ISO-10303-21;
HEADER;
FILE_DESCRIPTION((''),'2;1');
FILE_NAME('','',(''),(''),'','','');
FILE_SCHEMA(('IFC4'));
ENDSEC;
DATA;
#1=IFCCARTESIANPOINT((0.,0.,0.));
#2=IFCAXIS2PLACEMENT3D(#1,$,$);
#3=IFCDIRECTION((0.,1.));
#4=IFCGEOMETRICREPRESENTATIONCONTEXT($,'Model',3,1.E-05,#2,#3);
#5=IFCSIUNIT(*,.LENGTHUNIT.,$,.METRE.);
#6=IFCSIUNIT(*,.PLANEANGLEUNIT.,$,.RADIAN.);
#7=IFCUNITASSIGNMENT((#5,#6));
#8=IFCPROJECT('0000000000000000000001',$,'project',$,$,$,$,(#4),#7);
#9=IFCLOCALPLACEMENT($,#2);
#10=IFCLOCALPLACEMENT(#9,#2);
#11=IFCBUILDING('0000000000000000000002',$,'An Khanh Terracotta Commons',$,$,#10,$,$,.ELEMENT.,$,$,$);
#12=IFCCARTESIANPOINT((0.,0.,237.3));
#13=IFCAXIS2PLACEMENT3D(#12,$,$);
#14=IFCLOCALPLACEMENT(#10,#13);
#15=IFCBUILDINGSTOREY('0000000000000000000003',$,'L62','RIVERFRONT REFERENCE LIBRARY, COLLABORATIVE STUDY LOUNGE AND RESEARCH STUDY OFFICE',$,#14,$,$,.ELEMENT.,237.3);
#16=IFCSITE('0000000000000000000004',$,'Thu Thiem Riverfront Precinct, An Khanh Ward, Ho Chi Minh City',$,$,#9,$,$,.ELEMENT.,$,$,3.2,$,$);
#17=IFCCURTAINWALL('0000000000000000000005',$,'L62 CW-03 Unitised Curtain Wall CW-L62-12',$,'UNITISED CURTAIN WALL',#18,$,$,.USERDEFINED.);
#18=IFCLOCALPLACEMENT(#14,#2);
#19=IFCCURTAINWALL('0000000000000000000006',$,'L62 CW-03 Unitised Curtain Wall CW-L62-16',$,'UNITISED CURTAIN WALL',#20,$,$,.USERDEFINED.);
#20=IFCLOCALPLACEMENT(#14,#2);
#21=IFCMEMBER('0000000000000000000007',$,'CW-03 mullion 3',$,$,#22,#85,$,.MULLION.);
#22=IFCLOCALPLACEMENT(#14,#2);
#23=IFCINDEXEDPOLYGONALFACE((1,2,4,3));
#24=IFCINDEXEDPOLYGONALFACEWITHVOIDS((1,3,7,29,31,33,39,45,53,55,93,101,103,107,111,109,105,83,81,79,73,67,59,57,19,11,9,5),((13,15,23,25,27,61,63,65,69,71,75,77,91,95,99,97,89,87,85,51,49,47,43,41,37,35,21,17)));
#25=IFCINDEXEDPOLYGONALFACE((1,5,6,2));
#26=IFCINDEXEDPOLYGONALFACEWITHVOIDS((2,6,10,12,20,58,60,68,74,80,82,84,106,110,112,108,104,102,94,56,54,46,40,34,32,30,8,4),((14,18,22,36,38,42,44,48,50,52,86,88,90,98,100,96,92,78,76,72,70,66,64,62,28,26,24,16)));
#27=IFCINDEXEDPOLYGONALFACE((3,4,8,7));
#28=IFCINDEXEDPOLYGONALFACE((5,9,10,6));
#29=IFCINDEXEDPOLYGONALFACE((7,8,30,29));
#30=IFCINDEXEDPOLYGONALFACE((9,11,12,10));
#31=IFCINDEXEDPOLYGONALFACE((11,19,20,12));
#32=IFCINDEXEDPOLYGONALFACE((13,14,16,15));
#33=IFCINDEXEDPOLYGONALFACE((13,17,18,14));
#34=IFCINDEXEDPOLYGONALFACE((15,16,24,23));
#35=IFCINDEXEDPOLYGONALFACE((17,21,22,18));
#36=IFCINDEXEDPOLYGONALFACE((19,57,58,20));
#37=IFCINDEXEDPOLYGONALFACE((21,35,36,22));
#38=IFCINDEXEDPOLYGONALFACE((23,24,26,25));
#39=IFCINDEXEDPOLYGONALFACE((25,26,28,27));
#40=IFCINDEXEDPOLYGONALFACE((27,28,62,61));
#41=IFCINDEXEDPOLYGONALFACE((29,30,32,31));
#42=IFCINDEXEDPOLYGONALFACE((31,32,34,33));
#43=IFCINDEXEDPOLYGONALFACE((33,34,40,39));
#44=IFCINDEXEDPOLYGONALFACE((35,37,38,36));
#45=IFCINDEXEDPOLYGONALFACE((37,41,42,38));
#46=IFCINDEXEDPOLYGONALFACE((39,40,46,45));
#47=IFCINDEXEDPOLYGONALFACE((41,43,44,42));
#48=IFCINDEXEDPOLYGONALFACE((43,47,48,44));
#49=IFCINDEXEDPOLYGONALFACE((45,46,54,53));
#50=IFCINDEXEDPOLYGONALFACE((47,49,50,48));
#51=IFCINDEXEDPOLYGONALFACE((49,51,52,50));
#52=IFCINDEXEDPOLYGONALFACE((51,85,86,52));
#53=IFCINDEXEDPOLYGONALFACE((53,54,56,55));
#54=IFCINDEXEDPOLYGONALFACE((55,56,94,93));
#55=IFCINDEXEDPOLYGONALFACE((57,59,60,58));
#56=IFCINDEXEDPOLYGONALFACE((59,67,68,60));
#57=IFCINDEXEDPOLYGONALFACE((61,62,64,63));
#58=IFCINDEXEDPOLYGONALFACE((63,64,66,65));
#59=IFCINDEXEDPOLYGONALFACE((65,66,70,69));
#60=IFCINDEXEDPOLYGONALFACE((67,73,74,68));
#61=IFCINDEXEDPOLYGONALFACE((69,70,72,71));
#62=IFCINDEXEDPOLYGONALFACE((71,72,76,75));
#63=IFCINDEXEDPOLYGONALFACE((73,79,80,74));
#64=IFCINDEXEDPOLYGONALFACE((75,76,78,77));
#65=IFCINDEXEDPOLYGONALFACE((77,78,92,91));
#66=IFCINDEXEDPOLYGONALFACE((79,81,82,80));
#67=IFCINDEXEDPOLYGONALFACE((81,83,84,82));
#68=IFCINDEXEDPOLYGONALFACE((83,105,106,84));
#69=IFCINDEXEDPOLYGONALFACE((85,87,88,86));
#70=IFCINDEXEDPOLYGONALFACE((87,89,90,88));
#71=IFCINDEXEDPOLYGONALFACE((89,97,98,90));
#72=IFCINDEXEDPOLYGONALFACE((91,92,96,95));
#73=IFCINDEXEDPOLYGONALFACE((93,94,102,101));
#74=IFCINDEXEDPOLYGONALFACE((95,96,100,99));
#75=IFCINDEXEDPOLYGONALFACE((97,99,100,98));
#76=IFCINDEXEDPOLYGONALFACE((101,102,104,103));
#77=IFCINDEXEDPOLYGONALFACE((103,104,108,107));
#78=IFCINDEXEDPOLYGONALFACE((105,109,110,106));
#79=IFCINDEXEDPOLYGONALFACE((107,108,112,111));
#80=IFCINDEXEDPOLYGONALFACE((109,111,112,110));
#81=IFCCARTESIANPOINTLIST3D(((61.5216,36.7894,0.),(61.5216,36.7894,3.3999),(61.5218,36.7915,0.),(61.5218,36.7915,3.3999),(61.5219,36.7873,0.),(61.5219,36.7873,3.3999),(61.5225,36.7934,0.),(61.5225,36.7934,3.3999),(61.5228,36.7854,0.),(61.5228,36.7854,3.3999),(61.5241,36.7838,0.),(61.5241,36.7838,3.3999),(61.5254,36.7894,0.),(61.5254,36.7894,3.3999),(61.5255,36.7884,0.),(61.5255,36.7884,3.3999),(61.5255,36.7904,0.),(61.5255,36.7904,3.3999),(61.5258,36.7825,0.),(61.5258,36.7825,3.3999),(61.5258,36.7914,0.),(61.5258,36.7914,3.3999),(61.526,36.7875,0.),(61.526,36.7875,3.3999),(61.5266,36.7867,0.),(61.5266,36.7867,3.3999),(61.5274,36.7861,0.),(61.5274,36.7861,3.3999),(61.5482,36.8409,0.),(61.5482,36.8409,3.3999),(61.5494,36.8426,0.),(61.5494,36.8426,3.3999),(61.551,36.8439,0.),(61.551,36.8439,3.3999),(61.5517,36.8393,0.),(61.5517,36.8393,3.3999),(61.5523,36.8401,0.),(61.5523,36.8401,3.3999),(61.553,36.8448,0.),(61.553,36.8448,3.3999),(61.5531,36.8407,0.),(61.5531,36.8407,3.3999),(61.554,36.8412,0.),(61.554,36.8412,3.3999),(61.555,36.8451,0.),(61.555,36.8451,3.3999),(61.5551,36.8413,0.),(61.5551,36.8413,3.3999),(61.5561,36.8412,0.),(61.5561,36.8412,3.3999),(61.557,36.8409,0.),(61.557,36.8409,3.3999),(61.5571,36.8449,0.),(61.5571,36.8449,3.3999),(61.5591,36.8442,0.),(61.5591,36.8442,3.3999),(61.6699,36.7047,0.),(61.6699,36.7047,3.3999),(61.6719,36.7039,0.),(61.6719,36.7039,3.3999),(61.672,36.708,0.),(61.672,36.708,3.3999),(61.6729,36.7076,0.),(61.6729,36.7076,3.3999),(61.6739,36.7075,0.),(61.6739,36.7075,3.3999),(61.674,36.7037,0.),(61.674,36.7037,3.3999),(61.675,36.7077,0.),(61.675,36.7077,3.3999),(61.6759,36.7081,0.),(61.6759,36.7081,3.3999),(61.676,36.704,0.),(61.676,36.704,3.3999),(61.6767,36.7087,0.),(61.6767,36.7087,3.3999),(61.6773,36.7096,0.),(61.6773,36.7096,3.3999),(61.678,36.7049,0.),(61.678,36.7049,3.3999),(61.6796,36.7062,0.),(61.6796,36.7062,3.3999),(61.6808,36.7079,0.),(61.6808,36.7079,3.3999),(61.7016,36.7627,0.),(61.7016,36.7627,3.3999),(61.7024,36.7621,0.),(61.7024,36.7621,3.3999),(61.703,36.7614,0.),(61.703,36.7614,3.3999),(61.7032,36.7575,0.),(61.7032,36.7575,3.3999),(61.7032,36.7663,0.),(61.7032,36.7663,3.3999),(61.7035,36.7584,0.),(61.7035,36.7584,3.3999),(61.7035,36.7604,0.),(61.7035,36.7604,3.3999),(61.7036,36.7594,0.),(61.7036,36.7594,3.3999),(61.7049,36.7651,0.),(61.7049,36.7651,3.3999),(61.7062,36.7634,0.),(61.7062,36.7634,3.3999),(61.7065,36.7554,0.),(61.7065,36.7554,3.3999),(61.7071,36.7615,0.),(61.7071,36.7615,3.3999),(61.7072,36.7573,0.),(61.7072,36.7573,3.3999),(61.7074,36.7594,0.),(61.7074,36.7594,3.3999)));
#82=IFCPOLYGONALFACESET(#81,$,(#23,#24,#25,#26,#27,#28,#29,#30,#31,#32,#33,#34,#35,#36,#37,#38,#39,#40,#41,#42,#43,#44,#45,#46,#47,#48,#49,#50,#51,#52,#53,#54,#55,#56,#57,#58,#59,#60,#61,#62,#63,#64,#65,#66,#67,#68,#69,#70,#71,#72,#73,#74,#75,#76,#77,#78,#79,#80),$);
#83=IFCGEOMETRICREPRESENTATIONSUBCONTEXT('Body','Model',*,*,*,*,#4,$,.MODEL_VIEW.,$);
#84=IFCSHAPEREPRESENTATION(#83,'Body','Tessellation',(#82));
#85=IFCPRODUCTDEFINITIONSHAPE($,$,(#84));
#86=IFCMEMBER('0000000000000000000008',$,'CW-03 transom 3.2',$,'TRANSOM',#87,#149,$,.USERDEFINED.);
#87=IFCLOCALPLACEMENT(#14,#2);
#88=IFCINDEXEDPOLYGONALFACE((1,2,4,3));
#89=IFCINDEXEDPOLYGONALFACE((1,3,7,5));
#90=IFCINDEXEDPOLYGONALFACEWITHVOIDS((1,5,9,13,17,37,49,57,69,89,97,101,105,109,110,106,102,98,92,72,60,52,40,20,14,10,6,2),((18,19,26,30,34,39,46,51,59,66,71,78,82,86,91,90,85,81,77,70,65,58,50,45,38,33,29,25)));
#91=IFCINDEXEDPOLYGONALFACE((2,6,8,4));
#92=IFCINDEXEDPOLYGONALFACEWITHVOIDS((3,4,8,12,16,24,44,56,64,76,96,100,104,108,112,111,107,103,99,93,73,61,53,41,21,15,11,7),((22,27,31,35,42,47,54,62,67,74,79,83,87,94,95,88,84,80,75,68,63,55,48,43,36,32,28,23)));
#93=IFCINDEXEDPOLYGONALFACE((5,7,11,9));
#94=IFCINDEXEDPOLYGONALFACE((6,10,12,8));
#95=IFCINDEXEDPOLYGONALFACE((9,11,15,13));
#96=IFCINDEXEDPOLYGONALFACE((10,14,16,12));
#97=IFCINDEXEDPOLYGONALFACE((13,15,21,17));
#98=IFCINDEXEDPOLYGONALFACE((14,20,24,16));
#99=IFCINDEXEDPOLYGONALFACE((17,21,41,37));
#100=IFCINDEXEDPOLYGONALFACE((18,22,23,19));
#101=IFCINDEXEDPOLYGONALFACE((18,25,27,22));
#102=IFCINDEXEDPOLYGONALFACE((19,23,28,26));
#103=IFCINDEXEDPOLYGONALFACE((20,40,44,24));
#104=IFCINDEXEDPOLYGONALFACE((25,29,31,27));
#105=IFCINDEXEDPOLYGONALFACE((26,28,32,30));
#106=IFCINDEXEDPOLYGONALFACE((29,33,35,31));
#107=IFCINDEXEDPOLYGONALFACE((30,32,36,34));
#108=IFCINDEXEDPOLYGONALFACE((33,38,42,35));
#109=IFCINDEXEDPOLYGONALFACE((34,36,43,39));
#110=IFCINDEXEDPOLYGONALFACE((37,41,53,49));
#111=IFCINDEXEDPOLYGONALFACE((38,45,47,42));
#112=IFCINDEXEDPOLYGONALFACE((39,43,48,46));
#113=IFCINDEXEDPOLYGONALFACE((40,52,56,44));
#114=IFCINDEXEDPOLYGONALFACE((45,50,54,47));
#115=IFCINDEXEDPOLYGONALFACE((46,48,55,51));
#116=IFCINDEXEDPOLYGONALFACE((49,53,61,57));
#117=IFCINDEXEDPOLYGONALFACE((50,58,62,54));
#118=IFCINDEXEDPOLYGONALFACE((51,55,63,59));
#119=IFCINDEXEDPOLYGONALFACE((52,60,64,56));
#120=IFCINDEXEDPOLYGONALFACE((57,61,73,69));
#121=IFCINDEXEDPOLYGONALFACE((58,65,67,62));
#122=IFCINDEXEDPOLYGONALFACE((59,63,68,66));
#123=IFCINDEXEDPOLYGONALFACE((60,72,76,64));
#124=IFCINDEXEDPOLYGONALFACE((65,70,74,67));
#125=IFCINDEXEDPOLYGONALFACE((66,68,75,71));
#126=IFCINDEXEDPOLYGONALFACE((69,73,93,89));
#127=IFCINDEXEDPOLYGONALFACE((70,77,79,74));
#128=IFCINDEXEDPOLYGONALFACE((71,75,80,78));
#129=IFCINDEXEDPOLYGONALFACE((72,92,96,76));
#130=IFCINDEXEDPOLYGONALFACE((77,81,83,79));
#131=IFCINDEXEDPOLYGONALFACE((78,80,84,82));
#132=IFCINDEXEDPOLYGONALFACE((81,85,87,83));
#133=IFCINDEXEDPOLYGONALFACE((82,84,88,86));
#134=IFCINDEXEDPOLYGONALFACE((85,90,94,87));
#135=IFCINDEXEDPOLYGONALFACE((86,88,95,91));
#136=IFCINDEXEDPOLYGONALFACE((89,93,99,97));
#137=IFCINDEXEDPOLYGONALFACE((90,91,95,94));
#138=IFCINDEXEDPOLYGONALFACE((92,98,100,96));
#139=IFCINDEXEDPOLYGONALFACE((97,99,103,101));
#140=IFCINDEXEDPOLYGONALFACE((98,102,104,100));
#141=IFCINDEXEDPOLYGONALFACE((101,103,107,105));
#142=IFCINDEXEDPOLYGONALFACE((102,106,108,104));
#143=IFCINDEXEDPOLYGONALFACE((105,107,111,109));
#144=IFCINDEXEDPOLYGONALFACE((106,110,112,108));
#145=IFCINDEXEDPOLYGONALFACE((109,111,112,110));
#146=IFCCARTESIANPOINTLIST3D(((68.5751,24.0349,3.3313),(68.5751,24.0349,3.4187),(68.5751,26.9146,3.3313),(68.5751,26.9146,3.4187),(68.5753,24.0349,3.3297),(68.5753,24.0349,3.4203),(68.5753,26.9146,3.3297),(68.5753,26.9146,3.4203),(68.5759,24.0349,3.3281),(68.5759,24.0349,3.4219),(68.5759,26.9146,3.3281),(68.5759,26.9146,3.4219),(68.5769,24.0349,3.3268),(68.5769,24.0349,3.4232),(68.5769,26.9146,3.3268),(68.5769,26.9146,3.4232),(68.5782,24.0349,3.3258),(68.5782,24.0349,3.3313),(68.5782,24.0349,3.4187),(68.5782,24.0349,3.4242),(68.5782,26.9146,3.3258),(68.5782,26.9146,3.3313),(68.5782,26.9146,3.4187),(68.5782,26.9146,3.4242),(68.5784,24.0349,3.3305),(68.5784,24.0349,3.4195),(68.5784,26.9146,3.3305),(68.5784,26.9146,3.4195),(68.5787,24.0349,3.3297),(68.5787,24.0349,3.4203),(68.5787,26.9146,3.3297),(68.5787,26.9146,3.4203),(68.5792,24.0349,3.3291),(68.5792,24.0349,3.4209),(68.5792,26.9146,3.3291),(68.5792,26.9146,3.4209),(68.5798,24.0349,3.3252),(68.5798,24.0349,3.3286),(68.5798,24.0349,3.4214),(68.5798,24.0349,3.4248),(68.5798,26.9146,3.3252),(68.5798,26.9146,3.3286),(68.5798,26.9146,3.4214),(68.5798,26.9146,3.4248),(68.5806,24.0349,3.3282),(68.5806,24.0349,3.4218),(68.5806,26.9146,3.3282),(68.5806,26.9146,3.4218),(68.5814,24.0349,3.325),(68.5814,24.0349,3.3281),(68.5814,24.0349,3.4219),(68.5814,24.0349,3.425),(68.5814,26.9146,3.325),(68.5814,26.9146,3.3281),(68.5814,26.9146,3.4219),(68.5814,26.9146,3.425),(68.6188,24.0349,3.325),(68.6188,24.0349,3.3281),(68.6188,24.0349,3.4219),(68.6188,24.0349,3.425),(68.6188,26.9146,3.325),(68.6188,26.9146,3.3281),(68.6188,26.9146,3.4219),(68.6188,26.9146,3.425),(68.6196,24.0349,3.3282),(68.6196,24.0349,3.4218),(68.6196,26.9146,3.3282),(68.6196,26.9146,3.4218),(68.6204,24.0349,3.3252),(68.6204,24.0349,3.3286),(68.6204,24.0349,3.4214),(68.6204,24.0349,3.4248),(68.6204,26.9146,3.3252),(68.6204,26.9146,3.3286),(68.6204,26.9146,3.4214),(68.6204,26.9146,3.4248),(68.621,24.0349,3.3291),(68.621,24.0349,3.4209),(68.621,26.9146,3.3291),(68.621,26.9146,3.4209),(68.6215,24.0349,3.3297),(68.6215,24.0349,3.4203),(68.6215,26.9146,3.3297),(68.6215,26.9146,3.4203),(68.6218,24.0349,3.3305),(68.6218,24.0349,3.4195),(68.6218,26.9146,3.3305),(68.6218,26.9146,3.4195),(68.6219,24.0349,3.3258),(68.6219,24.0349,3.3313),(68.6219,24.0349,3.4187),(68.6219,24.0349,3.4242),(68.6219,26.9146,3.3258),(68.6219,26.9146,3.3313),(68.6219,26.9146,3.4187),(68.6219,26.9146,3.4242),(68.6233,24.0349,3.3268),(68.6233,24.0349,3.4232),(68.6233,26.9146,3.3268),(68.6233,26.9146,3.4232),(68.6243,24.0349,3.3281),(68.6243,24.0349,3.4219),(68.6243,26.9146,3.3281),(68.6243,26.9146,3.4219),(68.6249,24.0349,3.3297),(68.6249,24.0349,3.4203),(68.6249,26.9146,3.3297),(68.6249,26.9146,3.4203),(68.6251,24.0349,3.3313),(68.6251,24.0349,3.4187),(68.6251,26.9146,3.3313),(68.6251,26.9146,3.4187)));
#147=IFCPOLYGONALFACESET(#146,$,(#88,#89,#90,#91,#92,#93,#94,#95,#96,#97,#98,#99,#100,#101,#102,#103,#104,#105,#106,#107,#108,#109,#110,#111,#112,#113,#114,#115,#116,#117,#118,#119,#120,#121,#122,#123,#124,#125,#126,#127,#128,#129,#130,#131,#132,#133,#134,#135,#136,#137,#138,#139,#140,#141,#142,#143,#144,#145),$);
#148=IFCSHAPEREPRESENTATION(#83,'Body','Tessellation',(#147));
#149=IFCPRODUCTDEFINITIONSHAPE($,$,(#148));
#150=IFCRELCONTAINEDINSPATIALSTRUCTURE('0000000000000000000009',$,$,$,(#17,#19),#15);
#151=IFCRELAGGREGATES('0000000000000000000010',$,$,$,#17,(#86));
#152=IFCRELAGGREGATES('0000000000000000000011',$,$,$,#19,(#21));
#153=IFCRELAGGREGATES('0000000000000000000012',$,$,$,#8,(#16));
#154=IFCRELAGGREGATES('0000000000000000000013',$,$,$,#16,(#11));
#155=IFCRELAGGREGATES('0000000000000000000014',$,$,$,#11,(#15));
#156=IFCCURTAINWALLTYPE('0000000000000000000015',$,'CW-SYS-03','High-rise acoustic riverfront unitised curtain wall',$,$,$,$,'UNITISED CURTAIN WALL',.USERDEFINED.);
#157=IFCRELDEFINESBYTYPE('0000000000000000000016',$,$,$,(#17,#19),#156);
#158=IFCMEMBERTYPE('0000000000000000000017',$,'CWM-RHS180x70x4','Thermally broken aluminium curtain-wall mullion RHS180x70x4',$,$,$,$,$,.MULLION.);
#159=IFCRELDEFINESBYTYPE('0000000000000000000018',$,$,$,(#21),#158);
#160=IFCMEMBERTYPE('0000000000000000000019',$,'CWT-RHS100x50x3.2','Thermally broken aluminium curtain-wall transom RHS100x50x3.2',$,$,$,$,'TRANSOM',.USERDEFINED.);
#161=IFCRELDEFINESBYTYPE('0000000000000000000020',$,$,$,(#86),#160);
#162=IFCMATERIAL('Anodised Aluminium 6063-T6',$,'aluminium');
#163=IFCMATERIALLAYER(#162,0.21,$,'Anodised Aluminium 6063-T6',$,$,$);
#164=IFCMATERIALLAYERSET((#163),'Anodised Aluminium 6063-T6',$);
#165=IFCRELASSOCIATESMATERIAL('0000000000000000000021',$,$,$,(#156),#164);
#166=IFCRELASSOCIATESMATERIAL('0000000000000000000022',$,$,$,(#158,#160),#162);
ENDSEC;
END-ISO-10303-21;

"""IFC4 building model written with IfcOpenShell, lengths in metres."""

from ifc_helpers import new_model, si_unit, direction, frame, origin, origin_2d, place, context, subcontext, project, spatial, hollow_rectangle, extrude, material, layer, layer_set, material_profile, profile_set, type_object, element, aggregate, save


model = new_model("IFC4")

# Units and contexts
model_context = context("Model", 3, precision=1e-05, world=origin(), true_north=direction((0.0, 1.0)))
body_context = subcontext(model_context, "Body", "Model", "MODEL_VIEW")
ifc_project = project(units=[si_unit("LENGTHUNIT", "METRE"), si_unit("PLANEANGLEUNIT", "RADIAN")], contexts=[model_context])

# Site, building, storey
site_placement = place(None, origin())
site = spatial("IfcSite", under=ifc_project, at=site_placement, Name="Thu Thiem Riverfront Precinct, An Khanh Ward, Ho Chi Minh City", CompositionType="ELEMENT", RefElevation=3.2)
building_placement = place(site_placement, origin())
building = spatial("IfcBuilding", under=site, at=building_placement, Name="An Khanh Terracotta Commons", CompositionType="ELEMENT")
storey_placement = place(building_placement, frame((0.0, 0.0, 237.3)))
storey = spatial("IfcBuildingStorey", under=building, at=storey_placement, Name="L62", Description="RIVERFRONT REFERENCE LIBRARY, COLLABORATIVE STUDY LOUNGE AND RESEARCH STUDY OFFICE", CompositionType="ELEMENT", Elevation=237.3)

# Curtain walls, member
ifc_material_1 = material(Name="Anodised Aluminium 6063-T6", Category="aluminium")
ifc_layer_1 = layer(ifc_material_1, 0.21, Name="Anodised Aluminium 6063-T6")
ifc_layer_set_1 = layer_set([ifc_layer_1], Name="Anodised Aluminium 6063-T6")
curtain_wall_type = type_object("IfcCurtainWallType", Name="CW-SYS-03", Description="High-rise acoustic riverfront unitised curtain wall", ElementType="UNITISED CURTAIN WALL", PredefinedType="USERDEFINED", material=ifc_layer_set_1)
curtain_wall_1_placement = place(storey_placement, origin())
curtain_wall_1 = element("IfcCurtainWall", 1, at=curtain_wall_1_placement, inside=storey, type_object=curtain_wall_type, Name="L62 CW-03 Unitised Curtain Wall CW-L62-12", ObjectType="UNITISED CURTAIN WALL", PredefinedType="USERDEFINED")
ifc_material_profile_1 = material_profile(ifc_material_1, hollow_rectangle(XDim=0.0701, YDim=0.1799, WallThickness=0.0039, InnerFilletRadius=0.0039, OuterFilletRadius=0.0081, at=origin_2d()), Name="RHS180x70x4")
ifc_profile_set_1 = profile_set([ifc_material_profile_1], Name="Anodised Aluminium 6063-T6")
member_type_1 = type_object("IfcMemberType", Name="CWM-RHS180x70x4", Description="Thermally broken aluminium curtain-wall mullion RHS180x70x4", PredefinedType="MULLION", material=ifc_profile_set_1)
curtain_wall_2_placement = place(storey_placement, origin())
curtain_wall_2 = element("IfcCurtainWall", 2, at=curtain_wall_2_placement, inside=storey, type_object=curtain_wall_type, Name="L62 CW-03 Unitised Curtain Wall CW-L62-16", ObjectType="UNITISED CURTAIN WALL", PredefinedType="USERDEFINED")
member_1_placement = place(storey_placement, frame((61.6145, 36.7744, 0.0), z_axis=(0.0, 0.0, 1.0), x_axis=(-0.475381, -0.87978, 0.0)))
member_1 = element("IfcMember", 3, at=member_1_placement, type_object=member_type_1, Name="CW-03 mullion 3", PredefinedType="MULLION", context=body_context, shape_type="SweptSolid", body=[
    extrude(hollow_rectangle(XDim=0.0701, YDim=0.1799, WallThickness=0.0039, InnerFilletRadius=0.0039, OuterFilletRadius=0.0081, at=origin_2d()), origin(), (0.0, 0.0, 1.0), 3.3999),
])

# Member
ifc_material_profile_2 = material_profile(ifc_material_1, hollow_rectangle(XDim=0.05, YDim=0.1001, WallThickness=0.0032, InnerFilletRadius=0.0032, OuterFilletRadius=0.0063, at=origin_2d()), Name="RHS100x50x3.2")
ifc_profile_set_2 = profile_set([ifc_material_profile_2], Name="Anodised Aluminium 6063-T6")
member_type_2 = type_object("IfcMemberType", Name="CWT-RHS100x50x3.2", Description="Thermally broken aluminium curtain-wall transom RHS100x50x3.2", ElementType="TRANSOM", PredefinedType="USERDEFINED", material=ifc_profile_set_2)
member_2_placement = place(storey_placement, frame((68.6001, 24.0349, 3.375), z_axis=(0.0, 1.0, 0.0), x_axis=(-1.0, 0.0, 0.0)))
member_2 = element("IfcMember", 4, at=member_2_placement, type_object=member_type_2, Name="CW-03 transom 3.2", ObjectType="TRANSOM", PredefinedType="USERDEFINED", context=body_context, shape_type="SweptSolid", body=[
    extrude(hollow_rectangle(XDim=0.05, YDim=0.1001, WallThickness=0.0032, InnerFilletRadius=0.0032, OuterFilletRadius=0.0063, at=origin_2d()), origin(), (0.0, 0.0, 1.0), 2.8796),
])

aggregate(curtain_wall_1, [member_2])
aggregate(curtain_wall_2, [member_1])

save(model, "model.ifc")
